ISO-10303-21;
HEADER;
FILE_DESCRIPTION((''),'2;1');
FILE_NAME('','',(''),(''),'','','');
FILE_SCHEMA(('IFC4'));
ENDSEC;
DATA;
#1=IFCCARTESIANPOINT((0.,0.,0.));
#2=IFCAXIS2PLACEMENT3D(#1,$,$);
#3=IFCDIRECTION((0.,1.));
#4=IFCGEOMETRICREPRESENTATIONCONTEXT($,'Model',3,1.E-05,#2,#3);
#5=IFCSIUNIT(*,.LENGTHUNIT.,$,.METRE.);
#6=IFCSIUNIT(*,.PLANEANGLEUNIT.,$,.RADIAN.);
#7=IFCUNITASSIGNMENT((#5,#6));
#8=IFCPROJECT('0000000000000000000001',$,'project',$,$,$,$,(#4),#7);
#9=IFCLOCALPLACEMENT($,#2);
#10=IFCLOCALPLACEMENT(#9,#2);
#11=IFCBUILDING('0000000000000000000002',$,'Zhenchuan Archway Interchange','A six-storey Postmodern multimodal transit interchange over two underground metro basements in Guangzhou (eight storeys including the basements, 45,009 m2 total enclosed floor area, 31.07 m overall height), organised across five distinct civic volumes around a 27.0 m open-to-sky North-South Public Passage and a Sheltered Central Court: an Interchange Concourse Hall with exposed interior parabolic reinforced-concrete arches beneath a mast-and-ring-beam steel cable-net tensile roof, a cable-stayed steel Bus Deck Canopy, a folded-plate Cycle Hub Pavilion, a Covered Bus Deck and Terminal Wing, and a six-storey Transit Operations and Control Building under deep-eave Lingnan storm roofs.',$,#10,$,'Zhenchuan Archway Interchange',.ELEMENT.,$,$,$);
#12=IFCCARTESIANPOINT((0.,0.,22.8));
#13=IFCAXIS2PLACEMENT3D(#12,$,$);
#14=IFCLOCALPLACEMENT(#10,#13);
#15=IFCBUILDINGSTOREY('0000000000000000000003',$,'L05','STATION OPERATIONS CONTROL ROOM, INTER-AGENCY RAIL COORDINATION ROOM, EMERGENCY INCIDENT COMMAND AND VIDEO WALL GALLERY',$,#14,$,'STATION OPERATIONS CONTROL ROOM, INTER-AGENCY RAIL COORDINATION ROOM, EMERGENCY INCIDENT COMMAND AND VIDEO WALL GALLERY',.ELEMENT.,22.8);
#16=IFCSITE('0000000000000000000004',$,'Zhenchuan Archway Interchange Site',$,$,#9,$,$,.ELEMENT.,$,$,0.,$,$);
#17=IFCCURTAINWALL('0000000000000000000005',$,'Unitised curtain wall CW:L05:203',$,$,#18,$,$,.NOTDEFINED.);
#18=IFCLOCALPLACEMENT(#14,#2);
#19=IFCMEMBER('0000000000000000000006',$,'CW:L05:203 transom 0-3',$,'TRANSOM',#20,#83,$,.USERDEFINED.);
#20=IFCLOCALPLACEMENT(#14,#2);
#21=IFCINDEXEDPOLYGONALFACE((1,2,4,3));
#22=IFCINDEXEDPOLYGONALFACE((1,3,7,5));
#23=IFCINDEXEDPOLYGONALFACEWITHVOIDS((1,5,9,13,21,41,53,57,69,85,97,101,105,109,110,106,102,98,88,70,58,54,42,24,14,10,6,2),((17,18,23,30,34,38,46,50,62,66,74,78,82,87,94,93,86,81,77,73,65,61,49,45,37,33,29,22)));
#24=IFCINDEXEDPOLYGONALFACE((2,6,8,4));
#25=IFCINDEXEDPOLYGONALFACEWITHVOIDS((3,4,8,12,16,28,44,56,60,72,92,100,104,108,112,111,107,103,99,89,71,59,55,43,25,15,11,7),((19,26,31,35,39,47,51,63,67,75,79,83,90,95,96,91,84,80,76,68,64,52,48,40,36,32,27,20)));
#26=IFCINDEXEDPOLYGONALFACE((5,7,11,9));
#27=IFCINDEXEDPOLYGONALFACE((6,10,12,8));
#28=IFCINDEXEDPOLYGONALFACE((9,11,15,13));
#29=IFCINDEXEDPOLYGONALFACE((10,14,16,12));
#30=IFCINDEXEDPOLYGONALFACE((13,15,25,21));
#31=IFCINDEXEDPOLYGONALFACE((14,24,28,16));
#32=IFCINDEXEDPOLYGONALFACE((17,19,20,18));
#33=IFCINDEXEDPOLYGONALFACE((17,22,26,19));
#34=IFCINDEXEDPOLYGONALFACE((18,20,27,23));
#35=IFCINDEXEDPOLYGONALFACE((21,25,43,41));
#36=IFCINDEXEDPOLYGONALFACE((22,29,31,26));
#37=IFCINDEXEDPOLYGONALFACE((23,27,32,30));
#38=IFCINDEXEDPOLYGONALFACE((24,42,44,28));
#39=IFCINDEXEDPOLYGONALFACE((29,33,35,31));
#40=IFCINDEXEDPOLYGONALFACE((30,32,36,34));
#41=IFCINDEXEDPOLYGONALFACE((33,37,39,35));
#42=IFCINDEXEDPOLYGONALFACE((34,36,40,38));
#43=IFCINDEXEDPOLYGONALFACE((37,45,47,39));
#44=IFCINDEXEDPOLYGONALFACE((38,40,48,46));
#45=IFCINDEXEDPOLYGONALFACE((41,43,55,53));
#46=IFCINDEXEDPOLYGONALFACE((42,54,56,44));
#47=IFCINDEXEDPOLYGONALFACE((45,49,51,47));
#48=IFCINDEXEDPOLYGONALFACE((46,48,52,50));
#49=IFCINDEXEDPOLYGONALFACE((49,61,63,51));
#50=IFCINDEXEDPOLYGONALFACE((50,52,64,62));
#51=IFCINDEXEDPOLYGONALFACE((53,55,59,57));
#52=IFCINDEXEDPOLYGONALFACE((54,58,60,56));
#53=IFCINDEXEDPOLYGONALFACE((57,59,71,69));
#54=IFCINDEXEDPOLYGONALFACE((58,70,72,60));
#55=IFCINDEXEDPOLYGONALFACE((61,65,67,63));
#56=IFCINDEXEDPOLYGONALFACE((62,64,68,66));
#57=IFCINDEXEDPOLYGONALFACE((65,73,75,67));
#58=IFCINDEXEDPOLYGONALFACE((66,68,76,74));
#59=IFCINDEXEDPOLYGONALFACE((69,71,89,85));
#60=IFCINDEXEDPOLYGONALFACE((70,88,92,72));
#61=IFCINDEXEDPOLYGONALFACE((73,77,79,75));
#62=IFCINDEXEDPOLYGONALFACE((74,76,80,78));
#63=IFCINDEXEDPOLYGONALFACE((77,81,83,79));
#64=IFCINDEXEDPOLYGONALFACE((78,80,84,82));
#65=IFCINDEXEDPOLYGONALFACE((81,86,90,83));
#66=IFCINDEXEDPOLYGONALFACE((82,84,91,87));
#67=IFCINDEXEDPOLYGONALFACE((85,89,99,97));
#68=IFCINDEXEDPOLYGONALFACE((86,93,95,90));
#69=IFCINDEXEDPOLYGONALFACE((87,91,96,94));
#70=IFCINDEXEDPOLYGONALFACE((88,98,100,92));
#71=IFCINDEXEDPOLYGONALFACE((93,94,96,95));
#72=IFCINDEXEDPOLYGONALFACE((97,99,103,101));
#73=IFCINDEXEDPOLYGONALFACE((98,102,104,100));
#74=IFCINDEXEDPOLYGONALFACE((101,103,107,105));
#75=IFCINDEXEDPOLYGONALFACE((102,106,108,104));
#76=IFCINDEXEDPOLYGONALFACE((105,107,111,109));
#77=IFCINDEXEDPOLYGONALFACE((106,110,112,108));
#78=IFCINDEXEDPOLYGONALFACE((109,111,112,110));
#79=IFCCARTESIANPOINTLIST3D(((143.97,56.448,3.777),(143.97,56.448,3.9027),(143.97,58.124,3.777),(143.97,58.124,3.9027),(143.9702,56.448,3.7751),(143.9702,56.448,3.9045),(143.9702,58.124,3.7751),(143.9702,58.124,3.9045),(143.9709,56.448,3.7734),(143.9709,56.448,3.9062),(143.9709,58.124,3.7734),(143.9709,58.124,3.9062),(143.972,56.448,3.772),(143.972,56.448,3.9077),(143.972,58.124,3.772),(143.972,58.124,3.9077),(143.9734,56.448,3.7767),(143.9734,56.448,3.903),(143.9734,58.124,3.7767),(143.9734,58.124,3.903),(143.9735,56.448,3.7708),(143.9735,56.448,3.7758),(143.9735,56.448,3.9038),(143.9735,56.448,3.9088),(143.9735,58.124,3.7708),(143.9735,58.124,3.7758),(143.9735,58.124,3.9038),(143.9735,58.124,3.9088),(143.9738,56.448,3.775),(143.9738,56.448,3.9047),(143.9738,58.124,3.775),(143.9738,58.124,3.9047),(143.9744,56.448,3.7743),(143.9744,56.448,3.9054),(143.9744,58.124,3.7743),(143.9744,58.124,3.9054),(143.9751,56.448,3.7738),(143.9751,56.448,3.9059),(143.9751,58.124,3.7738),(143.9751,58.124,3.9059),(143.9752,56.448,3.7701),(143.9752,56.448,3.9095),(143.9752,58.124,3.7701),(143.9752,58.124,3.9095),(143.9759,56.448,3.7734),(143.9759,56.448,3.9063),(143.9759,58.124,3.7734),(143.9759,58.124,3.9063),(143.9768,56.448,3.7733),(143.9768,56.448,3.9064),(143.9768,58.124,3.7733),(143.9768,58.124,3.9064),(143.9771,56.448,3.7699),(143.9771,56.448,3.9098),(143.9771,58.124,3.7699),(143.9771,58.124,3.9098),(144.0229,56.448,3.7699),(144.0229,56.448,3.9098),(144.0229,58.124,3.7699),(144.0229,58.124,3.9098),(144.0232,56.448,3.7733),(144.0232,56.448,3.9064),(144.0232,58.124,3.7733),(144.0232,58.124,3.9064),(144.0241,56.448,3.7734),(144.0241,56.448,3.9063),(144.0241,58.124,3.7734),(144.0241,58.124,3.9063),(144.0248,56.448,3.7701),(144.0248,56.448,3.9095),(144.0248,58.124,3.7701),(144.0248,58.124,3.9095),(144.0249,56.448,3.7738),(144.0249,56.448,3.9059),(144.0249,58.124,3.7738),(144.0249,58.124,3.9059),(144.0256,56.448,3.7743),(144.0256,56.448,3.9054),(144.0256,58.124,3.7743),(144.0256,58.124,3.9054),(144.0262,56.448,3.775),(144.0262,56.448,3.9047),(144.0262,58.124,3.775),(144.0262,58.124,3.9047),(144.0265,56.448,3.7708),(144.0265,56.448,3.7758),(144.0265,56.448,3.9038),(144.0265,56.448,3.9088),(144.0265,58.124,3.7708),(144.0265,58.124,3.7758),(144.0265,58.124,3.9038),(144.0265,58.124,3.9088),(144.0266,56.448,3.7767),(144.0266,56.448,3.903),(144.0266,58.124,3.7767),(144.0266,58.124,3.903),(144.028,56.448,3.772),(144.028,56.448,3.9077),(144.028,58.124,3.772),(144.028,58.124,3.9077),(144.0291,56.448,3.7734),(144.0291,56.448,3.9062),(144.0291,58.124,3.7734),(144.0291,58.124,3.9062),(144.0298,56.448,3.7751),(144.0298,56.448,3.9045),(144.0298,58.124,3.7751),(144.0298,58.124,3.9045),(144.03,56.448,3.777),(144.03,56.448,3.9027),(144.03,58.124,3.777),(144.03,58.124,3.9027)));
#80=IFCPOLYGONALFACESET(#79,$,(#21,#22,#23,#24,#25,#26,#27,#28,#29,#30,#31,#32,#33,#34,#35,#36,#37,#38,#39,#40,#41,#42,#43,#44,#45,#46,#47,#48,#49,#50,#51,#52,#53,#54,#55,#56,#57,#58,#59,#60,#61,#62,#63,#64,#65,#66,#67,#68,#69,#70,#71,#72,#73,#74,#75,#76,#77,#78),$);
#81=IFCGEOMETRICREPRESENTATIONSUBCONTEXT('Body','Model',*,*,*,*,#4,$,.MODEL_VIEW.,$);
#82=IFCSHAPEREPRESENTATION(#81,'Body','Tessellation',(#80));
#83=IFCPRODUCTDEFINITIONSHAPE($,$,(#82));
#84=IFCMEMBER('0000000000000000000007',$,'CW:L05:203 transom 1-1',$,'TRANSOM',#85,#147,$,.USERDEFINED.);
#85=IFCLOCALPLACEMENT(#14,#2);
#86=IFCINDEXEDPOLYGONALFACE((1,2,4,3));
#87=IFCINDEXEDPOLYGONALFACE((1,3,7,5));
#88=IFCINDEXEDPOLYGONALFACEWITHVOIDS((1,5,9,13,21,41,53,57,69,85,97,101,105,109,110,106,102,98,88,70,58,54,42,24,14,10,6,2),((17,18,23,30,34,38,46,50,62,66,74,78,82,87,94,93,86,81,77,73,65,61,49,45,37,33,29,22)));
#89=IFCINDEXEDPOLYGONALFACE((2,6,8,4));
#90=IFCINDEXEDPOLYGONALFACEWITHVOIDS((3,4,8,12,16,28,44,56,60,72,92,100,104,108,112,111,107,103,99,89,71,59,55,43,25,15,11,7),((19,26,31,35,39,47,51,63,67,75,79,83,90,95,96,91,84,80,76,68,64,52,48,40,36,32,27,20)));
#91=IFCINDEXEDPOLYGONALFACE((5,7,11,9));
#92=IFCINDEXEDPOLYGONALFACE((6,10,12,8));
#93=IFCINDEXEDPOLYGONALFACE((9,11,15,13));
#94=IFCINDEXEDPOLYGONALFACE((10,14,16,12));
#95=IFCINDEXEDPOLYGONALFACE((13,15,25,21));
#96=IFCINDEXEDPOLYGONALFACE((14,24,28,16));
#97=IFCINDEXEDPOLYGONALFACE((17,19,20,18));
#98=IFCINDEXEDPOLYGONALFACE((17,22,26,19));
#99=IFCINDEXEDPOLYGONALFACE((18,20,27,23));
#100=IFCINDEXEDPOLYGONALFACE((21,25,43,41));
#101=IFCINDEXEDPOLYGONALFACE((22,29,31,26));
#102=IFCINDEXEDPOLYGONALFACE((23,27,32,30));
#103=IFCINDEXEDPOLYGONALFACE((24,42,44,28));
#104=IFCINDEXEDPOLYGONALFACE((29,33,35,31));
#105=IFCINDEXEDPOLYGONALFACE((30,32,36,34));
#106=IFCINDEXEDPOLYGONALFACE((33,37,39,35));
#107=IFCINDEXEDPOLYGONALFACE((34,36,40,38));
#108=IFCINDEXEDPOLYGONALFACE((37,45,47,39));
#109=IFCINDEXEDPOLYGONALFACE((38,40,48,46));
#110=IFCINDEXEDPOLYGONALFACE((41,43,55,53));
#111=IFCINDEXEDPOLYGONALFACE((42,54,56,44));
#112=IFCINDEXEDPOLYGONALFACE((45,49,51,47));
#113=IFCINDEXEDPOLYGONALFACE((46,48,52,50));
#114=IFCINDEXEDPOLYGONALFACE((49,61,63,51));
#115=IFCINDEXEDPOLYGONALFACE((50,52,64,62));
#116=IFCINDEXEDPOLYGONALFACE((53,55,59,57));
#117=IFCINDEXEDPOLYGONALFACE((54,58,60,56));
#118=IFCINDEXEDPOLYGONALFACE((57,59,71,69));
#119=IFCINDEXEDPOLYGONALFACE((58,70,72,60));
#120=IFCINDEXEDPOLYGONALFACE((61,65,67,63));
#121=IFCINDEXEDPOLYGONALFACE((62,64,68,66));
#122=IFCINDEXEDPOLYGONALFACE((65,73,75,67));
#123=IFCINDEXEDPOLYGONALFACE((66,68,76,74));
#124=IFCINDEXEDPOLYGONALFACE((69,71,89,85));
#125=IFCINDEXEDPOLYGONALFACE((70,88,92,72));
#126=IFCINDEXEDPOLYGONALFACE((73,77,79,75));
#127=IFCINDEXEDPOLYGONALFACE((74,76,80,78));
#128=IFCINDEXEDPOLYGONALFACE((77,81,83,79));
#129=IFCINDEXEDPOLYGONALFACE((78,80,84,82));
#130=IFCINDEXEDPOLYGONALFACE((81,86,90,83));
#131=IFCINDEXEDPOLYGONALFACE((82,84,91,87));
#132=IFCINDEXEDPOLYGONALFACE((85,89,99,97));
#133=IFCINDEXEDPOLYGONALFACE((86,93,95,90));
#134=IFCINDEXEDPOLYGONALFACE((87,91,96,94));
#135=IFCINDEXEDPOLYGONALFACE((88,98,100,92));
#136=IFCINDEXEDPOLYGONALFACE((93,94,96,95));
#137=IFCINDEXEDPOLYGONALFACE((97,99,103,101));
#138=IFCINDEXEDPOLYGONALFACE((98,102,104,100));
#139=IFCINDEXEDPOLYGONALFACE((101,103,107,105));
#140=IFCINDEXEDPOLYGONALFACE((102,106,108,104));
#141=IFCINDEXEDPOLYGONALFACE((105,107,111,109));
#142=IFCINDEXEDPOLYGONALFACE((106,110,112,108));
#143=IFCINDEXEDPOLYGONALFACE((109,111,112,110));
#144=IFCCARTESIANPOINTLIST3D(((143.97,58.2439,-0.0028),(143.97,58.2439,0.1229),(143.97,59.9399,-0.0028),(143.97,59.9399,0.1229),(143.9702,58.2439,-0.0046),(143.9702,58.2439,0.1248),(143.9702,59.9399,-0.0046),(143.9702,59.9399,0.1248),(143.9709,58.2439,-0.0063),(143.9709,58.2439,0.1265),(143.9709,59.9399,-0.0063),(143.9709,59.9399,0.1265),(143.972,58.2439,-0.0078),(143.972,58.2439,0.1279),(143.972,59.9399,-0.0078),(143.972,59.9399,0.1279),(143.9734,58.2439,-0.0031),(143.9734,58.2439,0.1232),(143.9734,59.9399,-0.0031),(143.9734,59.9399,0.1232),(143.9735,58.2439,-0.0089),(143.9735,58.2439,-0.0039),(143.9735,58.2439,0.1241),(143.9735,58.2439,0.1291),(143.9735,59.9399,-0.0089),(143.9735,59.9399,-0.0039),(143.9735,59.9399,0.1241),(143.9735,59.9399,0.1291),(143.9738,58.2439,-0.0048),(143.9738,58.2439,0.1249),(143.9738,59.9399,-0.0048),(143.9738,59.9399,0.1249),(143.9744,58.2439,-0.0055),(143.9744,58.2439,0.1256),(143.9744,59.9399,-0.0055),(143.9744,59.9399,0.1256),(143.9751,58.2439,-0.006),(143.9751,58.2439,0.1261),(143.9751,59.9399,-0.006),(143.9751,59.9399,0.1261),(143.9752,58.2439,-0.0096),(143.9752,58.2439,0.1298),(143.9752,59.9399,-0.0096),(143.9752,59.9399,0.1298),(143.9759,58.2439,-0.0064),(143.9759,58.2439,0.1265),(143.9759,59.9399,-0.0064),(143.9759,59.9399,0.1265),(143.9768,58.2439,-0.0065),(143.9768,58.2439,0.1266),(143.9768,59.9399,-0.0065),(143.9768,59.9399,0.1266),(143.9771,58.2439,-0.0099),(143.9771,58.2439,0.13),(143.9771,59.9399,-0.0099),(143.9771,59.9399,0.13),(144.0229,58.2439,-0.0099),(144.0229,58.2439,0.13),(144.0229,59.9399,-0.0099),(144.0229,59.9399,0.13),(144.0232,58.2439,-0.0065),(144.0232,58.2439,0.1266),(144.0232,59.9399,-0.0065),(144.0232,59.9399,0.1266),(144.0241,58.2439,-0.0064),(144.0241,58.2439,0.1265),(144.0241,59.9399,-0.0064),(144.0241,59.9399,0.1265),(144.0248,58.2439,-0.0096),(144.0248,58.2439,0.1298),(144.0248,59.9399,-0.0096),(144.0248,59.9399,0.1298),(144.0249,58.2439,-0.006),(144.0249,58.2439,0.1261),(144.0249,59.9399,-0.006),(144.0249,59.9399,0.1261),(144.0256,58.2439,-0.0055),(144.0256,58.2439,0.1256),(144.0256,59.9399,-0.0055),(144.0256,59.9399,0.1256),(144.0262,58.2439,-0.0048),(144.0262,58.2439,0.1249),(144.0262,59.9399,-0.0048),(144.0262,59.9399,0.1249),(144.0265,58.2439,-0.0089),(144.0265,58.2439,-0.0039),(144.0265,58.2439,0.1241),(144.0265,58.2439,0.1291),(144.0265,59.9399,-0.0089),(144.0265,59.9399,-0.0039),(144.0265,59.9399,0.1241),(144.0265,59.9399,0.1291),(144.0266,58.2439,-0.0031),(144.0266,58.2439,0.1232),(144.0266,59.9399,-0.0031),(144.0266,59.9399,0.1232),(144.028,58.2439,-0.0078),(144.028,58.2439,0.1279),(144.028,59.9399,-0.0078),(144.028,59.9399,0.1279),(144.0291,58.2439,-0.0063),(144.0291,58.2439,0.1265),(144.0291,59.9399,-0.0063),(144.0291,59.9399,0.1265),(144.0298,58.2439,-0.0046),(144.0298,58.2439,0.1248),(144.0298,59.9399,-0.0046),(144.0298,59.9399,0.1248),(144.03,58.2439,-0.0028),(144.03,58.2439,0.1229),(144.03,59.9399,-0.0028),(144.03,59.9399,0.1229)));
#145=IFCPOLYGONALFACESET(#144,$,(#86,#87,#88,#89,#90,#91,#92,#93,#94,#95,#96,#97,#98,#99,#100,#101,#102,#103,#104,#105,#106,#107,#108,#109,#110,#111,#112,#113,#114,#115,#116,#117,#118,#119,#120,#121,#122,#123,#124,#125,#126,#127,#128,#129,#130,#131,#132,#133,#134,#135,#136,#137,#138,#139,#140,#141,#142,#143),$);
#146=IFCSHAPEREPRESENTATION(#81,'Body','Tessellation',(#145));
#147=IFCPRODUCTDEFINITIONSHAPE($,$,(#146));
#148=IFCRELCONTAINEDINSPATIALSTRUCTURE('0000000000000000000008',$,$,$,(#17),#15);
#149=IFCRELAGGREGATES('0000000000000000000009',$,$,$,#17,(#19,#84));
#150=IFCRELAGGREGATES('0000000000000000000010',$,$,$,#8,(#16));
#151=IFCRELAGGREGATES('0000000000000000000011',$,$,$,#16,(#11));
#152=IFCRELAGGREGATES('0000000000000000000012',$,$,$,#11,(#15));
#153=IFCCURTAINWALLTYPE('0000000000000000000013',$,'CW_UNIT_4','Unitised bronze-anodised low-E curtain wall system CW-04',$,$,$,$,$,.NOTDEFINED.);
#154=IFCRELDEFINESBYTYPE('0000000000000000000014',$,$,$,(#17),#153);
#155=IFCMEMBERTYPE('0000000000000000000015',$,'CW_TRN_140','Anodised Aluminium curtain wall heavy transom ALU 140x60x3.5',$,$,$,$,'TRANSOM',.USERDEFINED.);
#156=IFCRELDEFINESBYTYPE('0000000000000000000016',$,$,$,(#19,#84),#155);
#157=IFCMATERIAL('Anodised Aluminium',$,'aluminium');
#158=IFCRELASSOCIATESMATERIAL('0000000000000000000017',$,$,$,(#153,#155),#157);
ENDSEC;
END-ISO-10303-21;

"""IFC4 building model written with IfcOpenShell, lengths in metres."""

from ifc_helpers import new_model, si_unit, direction, frame, origin, origin_2d, place, context, subcontext, project, spatial, hollow_rectangle, extrude, material, material_profile, profile_set, type_object, element, aggregate, save


model = new_model("IFC4")

# Units and contexts
model_context = context("Model", 3, precision=1e-05, world=origin(), true_north=direction((0.0, 1.0)))
body_context = subcontext(model_context, "Body", "Model", "MODEL_VIEW")
ifc_project = project(units=[si_unit("LENGTHUNIT", "METRE"), si_unit("PLANEANGLEUNIT", "RADIAN")], contexts=[model_context])

# Site, building, storey
site_placement = place(None, origin())
site = spatial("IfcSite", under=ifc_project, at=site_placement, Name="Zhenchuan Archway Interchange Site", CompositionType="ELEMENT", RefElevation=0.0)
building_placement = place(site_placement, origin())
building = spatial("IfcBuilding", under=site, at=building_placement, Name="Zhenchuan Archway Interchange", Description="A six-storey Postmodern multimodal transit interchange over two underground metro basements in Guangzhou (eight storeys including the basements, 45,009 m2 total enclosed floor area, 31.07 m overall height), organised across five distinct civic volumes around a 27.0 m open-to-sky North-South Public Passage and a Sheltered Central Court: an Interchange Concourse Hall with exposed interior parabolic reinforced-concrete arches beneath a mast-and-ring-beam steel cable-net tensile roof, a cable-stayed steel Bus Deck Canopy, a folded-plate Cycle Hub Pavilion, a Covered Bus Deck and Terminal Wing, and a six-storey Transit Operations and Control Building under deep-eave Lingnan storm roofs.", LongName="Zhenchuan Archway Interchange", CompositionType="ELEMENT")
storey_placement = place(building_placement, frame((0.0, 0.0, 22.8)))
storey = spatial("IfcBuildingStorey", under=building, at=storey_placement, Name="L05", Description="STATION OPERATIONS CONTROL ROOM, INTER-AGENCY RAIL COORDINATION ROOM, EMERGENCY INCIDENT COMMAND AND VIDEO WALL GALLERY", LongName="STATION OPERATIONS CONTROL ROOM, INTER-AGENCY RAIL COORDINATION ROOM, EMERGENCY INCIDENT COMMAND AND VIDEO WALL GALLERY", CompositionType="ELEMENT", Elevation=22.8)

# Curtain wall, members
ifc_material_1 = material(Name="Anodised Aluminium", Category="aluminium")
curtain_wall_type = type_object("IfcCurtainWallType", Name="CW_UNIT_4", Description="Unitised bronze-anodised low-E curtain wall system CW-04", PredefinedType="NOTDEFINED", material=ifc_material_1)
curtain_wall_placement = place(storey_placement, origin())
curtain_wall = element("IfcCurtainWall", 1, at=curtain_wall_placement, inside=storey, type_object=curtain_wall_type, Name="Unitised curtain wall CW:L05:203", PredefinedType="NOTDEFINED")
ifc_material_profile_1 = material_profile(ifc_material_1, hollow_rectangle(XDim=0.0601, YDim=0.1399, WallThickness=0.0034, InnerFilletRadius=0.0034, OuterFilletRadius=0.0071, at=origin_2d()), Name="ALU 140x60x3.5")
ifc_profile_set_1 = profile_set([ifc_material_profile_1], Name="Anodised Aluminium")
member_type_1 = type_object("IfcMemberType", Name="CW_TRN_140", Description="Anodised Aluminium curtain wall heavy transom ALU 140x60x3.5", ElementType="TRANSOM", PredefinedType="USERDEFINED", material=ifc_profile_set_1)
member_1_placement = place(storey_placement, frame((144.0, 56.448, 3.8398), z_axis=(0.0, 1.0, 0.0), x_axis=(-1.0, 0.0, 0.0)))
member_1 = element("IfcMember", 2, at=member_1_placement, type_object=member_type_1, Name="CW:L05:203 transom 0-3", ObjectType="TRANSOM", PredefinedType="USERDEFINED", context=body_context, shape_type="SweptSolid", body=[
    extrude(hollow_rectangle(XDim=0.0601, YDim=0.1399, WallThickness=0.0034, InnerFilletRadius=0.0034, OuterFilletRadius=0.0071, at=origin_2d()), origin(), (0.0, 0.0, 1.0), 1.676),
])
member_2_placement = place(storey_placement, frame((144.0, 58.2439, 0.0601), z_axis=(0.0, 1.0, 0.0), x_axis=(-1.0, 0.0, 0.0)))
member_2 = element("IfcMember", 3, at=member_2_placement, type_object=member_type_1, Name="CW:L05:203 transom 1-1", ObjectType="TRANSOM", PredefinedType="USERDEFINED", context=body_context, shape_type="SweptSolid", body=[
    extrude(hollow_rectangle(XDim=0.0601, YDim=0.1399, WallThickness=0.0034, InnerFilletRadius=0.0034, OuterFilletRadius=0.0071, at=origin_2d()), origin(), (0.0, 0.0, 1.0), 1.696),
])
aggregate(curtain_wall, [member_1, member_2])

save(model, "model.ifc")
